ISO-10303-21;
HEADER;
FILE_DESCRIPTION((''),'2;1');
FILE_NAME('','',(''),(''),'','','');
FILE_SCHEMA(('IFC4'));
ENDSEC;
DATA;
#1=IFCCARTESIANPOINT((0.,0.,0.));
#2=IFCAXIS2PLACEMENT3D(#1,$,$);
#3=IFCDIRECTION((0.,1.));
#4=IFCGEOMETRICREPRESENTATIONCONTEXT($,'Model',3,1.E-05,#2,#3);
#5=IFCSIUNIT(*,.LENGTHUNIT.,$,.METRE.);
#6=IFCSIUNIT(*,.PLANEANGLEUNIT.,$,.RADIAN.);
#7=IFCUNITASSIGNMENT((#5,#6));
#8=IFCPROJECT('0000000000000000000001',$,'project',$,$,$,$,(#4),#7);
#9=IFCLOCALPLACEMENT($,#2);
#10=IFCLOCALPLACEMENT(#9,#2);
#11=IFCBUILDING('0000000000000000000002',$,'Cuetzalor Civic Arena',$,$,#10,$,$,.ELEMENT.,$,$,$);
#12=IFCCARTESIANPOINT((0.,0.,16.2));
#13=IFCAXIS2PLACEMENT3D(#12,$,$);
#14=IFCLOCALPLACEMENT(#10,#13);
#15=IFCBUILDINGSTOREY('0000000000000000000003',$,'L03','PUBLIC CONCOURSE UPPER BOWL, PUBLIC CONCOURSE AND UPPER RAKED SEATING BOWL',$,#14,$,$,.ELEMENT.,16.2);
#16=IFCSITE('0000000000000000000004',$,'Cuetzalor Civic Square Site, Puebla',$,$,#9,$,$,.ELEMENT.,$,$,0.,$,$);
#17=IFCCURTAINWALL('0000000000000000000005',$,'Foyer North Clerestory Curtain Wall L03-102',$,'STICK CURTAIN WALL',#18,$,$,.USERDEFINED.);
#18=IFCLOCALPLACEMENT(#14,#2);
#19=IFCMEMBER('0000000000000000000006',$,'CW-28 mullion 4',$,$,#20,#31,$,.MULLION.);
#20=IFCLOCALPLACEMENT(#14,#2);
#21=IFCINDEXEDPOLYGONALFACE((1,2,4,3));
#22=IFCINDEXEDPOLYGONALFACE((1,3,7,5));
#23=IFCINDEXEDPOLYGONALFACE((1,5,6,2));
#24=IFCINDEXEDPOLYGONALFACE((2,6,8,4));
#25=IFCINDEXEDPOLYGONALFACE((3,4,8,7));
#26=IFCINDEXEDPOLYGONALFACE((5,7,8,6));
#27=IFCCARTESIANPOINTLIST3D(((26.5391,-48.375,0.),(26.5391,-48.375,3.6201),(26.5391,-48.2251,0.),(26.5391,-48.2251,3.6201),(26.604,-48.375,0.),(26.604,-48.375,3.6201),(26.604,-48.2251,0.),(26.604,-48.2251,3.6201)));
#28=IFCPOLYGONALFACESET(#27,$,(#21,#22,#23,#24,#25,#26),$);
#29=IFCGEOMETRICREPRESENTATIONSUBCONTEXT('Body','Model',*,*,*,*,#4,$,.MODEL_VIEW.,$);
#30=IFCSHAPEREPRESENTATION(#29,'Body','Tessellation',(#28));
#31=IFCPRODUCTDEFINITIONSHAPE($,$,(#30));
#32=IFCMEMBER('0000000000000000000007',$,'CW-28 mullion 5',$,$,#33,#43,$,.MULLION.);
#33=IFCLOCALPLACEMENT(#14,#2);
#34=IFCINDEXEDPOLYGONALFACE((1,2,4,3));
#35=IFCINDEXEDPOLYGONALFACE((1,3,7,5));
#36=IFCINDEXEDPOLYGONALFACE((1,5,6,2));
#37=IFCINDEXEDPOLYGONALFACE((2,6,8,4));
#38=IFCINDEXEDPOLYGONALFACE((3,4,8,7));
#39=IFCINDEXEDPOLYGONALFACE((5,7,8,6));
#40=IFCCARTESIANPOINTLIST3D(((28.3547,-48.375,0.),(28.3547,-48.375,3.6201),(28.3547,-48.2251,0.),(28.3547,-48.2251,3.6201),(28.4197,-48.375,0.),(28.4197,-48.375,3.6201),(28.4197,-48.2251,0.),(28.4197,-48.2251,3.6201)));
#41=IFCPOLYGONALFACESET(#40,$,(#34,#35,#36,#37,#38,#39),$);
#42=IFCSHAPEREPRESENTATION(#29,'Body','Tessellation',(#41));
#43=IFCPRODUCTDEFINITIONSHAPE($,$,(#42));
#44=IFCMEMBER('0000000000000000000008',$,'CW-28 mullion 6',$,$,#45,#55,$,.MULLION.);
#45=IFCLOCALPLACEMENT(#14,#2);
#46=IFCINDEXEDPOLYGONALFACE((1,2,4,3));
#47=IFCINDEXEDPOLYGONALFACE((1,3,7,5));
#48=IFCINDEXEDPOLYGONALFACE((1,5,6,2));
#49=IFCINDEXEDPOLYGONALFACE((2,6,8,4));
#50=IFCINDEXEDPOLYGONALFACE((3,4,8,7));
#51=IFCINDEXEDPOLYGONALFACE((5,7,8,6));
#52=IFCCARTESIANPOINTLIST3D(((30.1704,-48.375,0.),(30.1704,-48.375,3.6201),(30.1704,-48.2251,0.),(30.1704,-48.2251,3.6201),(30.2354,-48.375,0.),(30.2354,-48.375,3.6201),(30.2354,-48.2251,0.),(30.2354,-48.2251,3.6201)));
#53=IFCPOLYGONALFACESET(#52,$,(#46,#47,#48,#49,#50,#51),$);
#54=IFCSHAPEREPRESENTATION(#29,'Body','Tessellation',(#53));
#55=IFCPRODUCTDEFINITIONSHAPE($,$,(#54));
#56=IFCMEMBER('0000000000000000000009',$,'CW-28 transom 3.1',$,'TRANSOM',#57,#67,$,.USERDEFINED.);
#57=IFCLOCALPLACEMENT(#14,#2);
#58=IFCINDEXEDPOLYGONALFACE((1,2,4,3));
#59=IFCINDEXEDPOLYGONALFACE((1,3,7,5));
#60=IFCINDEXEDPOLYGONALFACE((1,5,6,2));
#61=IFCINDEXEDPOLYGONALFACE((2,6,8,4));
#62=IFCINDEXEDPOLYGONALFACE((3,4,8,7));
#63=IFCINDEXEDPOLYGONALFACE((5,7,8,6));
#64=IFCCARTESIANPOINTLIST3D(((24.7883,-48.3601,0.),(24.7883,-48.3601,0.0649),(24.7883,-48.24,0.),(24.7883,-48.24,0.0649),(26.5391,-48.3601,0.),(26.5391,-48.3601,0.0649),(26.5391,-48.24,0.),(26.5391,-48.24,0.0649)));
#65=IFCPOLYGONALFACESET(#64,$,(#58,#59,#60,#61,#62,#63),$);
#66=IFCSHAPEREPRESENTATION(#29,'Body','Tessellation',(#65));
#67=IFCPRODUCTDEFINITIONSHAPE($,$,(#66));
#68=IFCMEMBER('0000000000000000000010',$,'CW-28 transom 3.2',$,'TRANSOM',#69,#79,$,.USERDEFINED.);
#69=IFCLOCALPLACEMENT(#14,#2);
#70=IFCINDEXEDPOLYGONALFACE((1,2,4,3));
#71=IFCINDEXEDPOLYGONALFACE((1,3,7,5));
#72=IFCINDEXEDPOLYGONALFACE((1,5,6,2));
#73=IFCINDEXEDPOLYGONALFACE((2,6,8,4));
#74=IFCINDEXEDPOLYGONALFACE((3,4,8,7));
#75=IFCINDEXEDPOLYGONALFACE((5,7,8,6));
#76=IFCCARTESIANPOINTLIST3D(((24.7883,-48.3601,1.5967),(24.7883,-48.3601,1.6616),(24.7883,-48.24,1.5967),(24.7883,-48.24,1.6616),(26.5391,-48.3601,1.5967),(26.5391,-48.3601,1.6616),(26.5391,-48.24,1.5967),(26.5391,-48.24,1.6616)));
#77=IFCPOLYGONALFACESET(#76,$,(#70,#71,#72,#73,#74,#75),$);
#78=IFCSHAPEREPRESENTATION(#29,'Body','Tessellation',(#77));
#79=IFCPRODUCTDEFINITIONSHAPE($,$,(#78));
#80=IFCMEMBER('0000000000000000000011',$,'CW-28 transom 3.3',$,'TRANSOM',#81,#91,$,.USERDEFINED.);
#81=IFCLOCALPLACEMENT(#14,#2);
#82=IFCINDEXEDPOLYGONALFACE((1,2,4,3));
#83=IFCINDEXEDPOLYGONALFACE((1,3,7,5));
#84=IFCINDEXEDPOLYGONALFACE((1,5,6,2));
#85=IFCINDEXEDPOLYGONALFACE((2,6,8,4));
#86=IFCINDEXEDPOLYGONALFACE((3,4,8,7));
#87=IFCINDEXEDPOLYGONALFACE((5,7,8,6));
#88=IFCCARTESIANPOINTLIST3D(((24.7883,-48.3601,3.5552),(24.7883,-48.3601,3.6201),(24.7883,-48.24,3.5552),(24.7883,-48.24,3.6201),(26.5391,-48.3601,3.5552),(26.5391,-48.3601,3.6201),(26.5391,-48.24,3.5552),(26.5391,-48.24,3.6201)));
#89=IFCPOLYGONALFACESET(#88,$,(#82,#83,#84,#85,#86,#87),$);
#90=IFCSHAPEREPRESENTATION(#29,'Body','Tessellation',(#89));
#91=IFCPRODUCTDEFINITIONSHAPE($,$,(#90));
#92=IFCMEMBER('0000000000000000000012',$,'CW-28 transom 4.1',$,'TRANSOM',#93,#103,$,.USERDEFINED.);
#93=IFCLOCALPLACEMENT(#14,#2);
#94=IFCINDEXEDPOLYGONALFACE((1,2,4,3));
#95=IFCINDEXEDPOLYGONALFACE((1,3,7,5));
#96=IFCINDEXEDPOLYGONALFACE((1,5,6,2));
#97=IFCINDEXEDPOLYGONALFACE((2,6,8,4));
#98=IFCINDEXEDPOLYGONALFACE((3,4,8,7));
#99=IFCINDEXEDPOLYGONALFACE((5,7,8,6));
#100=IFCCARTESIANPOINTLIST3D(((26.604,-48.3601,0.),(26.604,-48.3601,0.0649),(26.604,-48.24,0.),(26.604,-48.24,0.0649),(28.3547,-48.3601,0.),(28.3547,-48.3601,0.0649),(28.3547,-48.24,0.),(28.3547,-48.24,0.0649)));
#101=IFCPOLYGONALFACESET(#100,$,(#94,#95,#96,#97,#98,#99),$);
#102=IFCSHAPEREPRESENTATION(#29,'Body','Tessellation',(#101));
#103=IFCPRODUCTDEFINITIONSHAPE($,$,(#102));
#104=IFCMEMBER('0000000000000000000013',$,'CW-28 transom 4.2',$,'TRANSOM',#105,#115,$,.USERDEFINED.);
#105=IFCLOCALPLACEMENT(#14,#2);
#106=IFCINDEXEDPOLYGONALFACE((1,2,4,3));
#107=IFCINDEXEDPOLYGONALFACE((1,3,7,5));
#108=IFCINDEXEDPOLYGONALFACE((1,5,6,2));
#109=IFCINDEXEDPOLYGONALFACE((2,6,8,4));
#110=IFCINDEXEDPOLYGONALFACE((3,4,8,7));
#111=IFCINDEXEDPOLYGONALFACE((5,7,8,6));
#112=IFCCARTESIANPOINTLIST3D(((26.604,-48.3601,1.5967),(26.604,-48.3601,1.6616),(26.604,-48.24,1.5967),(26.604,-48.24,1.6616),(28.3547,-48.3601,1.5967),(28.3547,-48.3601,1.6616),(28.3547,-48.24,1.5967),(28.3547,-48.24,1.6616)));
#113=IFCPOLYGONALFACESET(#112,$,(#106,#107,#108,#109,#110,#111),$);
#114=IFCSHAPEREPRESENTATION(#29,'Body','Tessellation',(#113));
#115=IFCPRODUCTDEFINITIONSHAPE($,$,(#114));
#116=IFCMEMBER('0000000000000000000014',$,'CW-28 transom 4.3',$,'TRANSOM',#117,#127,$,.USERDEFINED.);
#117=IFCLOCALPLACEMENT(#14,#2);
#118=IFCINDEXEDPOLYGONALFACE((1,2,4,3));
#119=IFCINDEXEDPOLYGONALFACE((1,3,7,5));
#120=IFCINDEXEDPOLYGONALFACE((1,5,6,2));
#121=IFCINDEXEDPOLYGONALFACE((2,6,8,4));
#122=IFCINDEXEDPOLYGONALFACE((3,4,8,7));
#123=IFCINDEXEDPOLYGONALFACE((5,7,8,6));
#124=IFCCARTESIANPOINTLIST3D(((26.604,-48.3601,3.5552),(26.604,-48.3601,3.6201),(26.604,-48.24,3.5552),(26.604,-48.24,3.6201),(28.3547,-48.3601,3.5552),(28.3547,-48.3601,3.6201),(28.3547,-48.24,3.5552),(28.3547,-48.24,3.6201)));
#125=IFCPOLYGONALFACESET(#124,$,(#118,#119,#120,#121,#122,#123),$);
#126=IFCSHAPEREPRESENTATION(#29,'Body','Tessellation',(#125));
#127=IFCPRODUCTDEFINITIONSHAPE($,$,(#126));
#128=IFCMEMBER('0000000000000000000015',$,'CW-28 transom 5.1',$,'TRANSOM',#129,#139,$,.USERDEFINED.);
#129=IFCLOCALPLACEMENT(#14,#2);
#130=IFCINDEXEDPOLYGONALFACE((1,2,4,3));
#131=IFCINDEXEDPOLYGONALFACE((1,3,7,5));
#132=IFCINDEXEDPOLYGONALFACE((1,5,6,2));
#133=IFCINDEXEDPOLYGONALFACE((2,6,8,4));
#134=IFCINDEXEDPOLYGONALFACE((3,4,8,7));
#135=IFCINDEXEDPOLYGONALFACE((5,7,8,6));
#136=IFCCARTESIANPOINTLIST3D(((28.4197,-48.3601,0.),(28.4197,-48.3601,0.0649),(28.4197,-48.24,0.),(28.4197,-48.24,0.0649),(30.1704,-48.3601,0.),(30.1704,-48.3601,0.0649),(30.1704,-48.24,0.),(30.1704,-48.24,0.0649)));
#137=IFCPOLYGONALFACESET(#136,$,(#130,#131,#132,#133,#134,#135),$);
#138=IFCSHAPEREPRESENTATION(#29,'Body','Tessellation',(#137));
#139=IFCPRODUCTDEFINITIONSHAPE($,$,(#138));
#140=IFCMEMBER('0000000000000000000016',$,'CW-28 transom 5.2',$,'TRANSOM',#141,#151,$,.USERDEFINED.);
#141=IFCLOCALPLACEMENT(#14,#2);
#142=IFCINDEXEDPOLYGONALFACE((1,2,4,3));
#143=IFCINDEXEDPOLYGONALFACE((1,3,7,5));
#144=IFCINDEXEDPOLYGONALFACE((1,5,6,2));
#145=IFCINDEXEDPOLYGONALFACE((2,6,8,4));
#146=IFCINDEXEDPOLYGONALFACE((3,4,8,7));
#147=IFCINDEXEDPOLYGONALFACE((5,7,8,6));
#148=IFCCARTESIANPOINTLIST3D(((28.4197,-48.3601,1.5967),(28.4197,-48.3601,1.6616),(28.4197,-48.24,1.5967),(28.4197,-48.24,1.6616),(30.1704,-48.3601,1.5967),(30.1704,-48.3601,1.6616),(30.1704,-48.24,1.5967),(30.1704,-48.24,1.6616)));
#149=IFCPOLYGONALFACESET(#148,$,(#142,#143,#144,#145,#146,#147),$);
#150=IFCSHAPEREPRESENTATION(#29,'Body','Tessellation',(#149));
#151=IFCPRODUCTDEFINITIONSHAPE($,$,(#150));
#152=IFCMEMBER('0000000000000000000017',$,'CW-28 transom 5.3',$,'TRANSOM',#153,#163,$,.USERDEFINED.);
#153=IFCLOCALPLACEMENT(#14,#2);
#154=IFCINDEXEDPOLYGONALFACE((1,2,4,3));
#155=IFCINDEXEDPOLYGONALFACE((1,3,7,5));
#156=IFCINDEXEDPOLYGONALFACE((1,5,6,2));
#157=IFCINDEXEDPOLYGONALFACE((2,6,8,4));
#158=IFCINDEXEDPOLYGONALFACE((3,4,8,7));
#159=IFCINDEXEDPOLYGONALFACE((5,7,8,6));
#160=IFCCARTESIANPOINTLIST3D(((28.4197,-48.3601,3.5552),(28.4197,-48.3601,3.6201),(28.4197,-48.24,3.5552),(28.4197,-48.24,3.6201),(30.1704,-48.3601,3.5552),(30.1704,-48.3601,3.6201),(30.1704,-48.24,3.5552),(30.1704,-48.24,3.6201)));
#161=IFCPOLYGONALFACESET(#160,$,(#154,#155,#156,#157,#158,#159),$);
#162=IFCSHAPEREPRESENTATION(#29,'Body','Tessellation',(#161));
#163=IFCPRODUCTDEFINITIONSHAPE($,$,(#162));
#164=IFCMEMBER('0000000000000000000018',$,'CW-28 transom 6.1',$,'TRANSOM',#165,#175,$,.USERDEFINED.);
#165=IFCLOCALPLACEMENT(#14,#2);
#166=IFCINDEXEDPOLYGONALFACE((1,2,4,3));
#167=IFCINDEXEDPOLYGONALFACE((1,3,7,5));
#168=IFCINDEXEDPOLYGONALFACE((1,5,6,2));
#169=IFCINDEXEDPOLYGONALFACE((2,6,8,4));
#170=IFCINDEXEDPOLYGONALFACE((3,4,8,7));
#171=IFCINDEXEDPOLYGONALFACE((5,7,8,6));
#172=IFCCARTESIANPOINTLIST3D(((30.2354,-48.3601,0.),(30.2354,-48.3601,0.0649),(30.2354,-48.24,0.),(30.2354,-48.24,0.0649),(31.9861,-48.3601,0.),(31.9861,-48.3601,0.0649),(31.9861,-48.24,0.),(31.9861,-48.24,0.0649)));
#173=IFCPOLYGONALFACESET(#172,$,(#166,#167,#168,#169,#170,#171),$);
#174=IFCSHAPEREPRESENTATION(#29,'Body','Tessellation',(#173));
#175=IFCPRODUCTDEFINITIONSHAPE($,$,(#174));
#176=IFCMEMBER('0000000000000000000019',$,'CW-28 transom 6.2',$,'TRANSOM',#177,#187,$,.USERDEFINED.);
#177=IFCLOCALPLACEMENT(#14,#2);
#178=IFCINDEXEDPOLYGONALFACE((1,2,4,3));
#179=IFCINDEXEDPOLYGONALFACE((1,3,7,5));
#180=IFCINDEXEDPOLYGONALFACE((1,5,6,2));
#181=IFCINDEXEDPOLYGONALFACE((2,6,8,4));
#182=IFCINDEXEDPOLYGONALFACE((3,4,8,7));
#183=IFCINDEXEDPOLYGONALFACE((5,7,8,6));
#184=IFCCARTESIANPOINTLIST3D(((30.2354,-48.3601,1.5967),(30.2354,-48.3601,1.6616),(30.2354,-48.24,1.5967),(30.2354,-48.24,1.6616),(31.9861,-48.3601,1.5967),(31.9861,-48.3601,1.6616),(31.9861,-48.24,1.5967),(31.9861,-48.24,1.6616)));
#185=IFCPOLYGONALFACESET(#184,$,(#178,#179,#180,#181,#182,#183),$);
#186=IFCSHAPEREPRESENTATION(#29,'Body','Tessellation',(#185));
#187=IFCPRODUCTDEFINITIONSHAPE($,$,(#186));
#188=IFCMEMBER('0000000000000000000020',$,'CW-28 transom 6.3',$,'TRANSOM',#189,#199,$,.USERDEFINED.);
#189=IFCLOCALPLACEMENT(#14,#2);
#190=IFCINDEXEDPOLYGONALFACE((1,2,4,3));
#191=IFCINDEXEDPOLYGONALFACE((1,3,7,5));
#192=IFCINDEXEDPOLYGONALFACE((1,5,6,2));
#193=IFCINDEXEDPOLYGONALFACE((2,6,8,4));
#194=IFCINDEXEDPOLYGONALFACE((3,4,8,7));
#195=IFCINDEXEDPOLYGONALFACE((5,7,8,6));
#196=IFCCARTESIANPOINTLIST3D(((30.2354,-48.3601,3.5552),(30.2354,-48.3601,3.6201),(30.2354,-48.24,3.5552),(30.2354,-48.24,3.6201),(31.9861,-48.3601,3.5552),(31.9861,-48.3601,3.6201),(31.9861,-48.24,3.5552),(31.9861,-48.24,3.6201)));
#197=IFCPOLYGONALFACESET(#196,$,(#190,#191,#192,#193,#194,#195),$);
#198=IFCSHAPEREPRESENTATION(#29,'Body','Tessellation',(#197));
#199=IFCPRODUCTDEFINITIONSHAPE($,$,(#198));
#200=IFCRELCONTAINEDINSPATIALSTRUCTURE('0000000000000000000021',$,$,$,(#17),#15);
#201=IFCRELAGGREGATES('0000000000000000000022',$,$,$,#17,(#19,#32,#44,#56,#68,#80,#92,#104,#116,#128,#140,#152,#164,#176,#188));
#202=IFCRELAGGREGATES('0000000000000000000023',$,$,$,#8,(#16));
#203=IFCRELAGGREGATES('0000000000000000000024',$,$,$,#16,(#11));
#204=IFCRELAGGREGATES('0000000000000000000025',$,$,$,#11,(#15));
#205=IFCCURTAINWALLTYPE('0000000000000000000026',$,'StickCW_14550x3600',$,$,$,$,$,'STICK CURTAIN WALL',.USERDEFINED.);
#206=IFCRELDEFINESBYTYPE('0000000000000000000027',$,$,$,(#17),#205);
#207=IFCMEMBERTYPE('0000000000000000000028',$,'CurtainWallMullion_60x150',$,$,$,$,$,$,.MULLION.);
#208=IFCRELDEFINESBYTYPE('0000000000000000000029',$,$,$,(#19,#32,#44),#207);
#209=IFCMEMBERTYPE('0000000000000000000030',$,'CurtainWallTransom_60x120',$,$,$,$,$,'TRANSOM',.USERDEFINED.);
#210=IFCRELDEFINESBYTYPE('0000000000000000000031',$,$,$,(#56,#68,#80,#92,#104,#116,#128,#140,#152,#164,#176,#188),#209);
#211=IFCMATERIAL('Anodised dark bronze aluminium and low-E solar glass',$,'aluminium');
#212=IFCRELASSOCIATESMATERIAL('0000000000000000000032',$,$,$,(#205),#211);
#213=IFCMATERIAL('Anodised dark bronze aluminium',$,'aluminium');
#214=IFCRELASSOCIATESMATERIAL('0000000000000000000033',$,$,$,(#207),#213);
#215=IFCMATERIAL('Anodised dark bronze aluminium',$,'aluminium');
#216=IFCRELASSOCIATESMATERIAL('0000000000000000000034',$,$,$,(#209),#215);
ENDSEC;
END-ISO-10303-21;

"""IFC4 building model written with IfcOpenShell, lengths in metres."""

from ifc_helpers import new_model, si_unit, direction, frame, origin, origin_2d, place, context, subcontext, project, spatial, rectangle, extrude, material, material_profile, profile_set, type_object, element, aggregate, save


model = new_model("IFC4")

# Units and contexts
model_context = context("Model", 3, precision=1e-05, world=origin(), true_north=direction((0.0, 1.0)))
body_context = subcontext(model_context, "Body", "Model", "MODEL_VIEW")
ifc_project = project(units=[si_unit("LENGTHUNIT", "METRE"), si_unit("PLANEANGLEUNIT", "RADIAN")], contexts=[model_context])

# Site, building, storey
site_placement = place(None, origin())
site = spatial("IfcSite", under=ifc_project, at=site_placement, Name="Cuetzalor Civic Square Site, Puebla", CompositionType="ELEMENT", RefElevation=0.0)
building_placement = place(site_placement, origin())
building = spatial("IfcBuilding", under=site, at=building_placement, Name="Cuetzalor Civic Arena", CompositionType="ELEMENT")
storey_placement = place(building_placement, frame((0.0, 0.0, 16.2)))
storey = spatial("IfcBuildingStorey", under=building, at=storey_placement, Name="L03", Description="PUBLIC CONCOURSE UPPER BOWL, PUBLIC CONCOURSE AND UPPER RAKED SEATING BOWL", CompositionType="ELEMENT", Elevation=16.2)

# Curtain wall, members
ifc_material_1 = material(Name="Anodised dark bronze aluminium and low-E solar glass", Category="aluminium")
curtain_wall_type = type_object("IfcCurtainWallType", Name="StickCW_14550x3600", ElementType="STICK CURTAIN WALL", PredefinedType="USERDEFINED", material=ifc_material_1)
curtain_wall_placement = place(storey_placement, origin())
curtain_wall = element("IfcCurtainWall", 1, at=curtain_wall_placement, inside=storey, type_object=curtain_wall_type, Name="Foyer North Clerestory Curtain Wall L03-102", ObjectType="STICK CURTAIN WALL", PredefinedType="USERDEFINED")
ifc_material_2 = material(Name="Anodised dark bronze aluminium", Category="aluminium")
ifc_material_profile_1 = material_profile(ifc_material_2, rectangle(XDim=0.0649, YDim=0.1499, at=origin_2d()), Name="ALU MULLION 65x150")
ifc_profile_set_1 = profile_set([ifc_material_profile_1], Name="Anodised dark bronze aluminium")
member_type_1 = type_object("IfcMemberType", Name="CurtainWallMullion_60x150", PredefinedType="MULLION", material=ifc_profile_set_1)
member_1_placement = place(storey_placement, frame((26.5715, -48.3, 0.0), z_axis=(0.0, 0.0, 1.0), x_axis=(1.0, 0.0, 0.0)))
member_1 = element("IfcMember", 2, at=member_1_placement, type_object=member_type_1, Name="CW-28 mullion 4", PredefinedType="MULLION", context=body_context, shape_type="SweptSolid", body=[
    extrude(rectangle(XDim=0.0649, YDim=0.1499, at=origin_2d()), origin(), (0.0, 0.0, 1.0), 3.6201),
])
member_2_placement = place(storey_placement, frame((28.3872, -48.3, 0.0), z_axis=(0.0, 0.0, 1.0), x_axis=(1.0, 0.0, 0.0)))
member_2 = element("IfcMember", 3, at=member_2_placement, type_object=member_type_1, Name="CW-28 mullion 5", PredefinedType="MULLION", context=body_context, shape_type="SweptSolid", body=[
    extrude(rectangle(XDim=0.0649, YDim=0.1499, at=origin_2d()), origin(), (0.0, 0.0, 1.0), 3.6201),
])
member_3_placement = place(storey_placement, frame((30.2029, -48.3, 0.0), z_axis=(0.0, 0.0, 1.0), x_axis=(1.0, 0.0, 0.0)))
member_3 = element("IfcMember", 4, at=member_3_placement, type_object=member_type_1, Name="CW-28 mullion 6", PredefinedType="MULLION", context=body_context, shape_type="SweptSolid", body=[
    extrude(rectangle(XDim=0.0649, YDim=0.1499, at=origin_2d()), origin(), (0.0, 0.0, 1.0), 3.6201),
])
ifc_material_3 = material(Name="Anodised dark bronze aluminium", Category="aluminium")
ifc_material_profile_2 = material_profile(ifc_material_3, rectangle(XDim=0.1201, YDim=0.0649, at=origin_2d()), Name="ALU TRANSOM 65x120")
ifc_profile_set_2 = profile_set([ifc_material_profile_2], Name="Anodised dark bronze aluminium")
member_type_2 = type_object("IfcMemberType", Name="CurtainWallTransom_60x120", ElementType="TRANSOM", PredefinedType="USERDEFINED", material=ifc_profile_set_2)
member_4_placement = place(storey_placement, frame((24.7883, -48.3, 0.0325), z_axis=(1.0, 0.0, 0.0), x_axis=(0.0, 1.0, 0.0)))
member_4 = element("IfcMember", 5, at=member_4_placement, type_object=member_type_2, Name="CW-28 transom 3.1", ObjectType="TRANSOM", PredefinedType="USERDEFINED", context=body_context, shape_type="SweptSolid", body=[
    extrude(rectangle(XDim=0.1201, YDim=0.0649, at=origin_2d()), origin(), (0.0, 0.0, 1.0), 1.7507),
])
member_5_placement = place(storey_placement, frame((24.7883, -48.3, 1.6292), z_axis=(1.0, 0.0, 0.0), x_axis=(0.0, 1.0, 0.0)))
member_5 = element("IfcMember", 6, at=member_5_placement, type_object=member_type_2, Name="CW-28 transom 3.2", ObjectType="TRANSOM", PredefinedType="USERDEFINED", context=body_context, shape_type="SweptSolid", body=[
    extrude(rectangle(XDim=0.1201, YDim=0.0649, at=origin_2d()), origin(), (0.0, 0.0, 1.0), 1.7507),
])
member_6_placement = place(storey_placement, frame((24.7883, -48.3, 3.5876), z_axis=(1.0, 0.0, 0.0), x_axis=(0.0, 1.0, 0.0)))
member_6 = element("IfcMember", 7, at=member_6_placement, type_object=member_type_2, Name="CW-28 transom 3.3", ObjectType="TRANSOM", PredefinedType="USERDEFINED", context=body_context, shape_type="SweptSolid", body=[
    extrude(rectangle(XDim=0.1201, YDim=0.0649, at=origin_2d()), origin(), (0.0, 0.0, 1.0), 1.7507),
])
member_7_placement = place(storey_placement, frame((26.604, -48.3, 0.0325), z_axis=(1.0, 0.0, 0.0), x_axis=(0.0, 1.0, 0.0)))
member_7 = element("IfcMember", 8, at=member_7_placement, type_object=member_type_2, Name="CW-28 transom 4.1", ObjectType="TRANSOM", PredefinedType="USERDEFINED", context=body_context, shape_type="SweptSolid", body=[
    extrude(rectangle(XDim=0.1201, YDim=0.0649, at=origin_2d()), origin(), (0.0, 0.0, 1.0), 1.7507),
])
member_8_placement = place(storey_placement, frame((26.604, -48.3, 1.6292), z_axis=(1.0, 0.0, 0.0), x_axis=(0.0, 1.0, 0.0)))
member_8 = element("IfcMember", 9, at=member_8_placement, type_object=member_type_2, Name="CW-28 transom 4.2", ObjectType="TRANSOM", PredefinedType="USERDEFINED", context=body_context, shape_type="SweptSolid", body=[
    extrude(rectangle(XDim=0.1201, YDim=0.0649, at=origin_2d()), origin(), (0.0, 0.0, 1.0), 1.7507),
])
member_9_placement = place(storey_placement, frame((26.604, -48.3, 3.5876), z_axis=(1.0, 0.0, 0.0), x_axis=(0.0, 1.0, 0.0)))
member_9 = element("IfcMember", 10, at=member_9_placement, type_object=member_type_2, Name="CW-28 transom 4.3", ObjectType="TRANSOM", PredefinedType="USERDEFINED", context=body_context, shape_type="SweptSolid", body=[
    extrude(rectangle(XDim=0.1201, YDim=0.0649, at=origin_2d()), origin(), (0.0, 0.0, 1.0), 1.7507),
])
member_10_placement = place(storey_placement, frame((28.4197, -48.3, 0.0325), z_axis=(1.0, 0.0, 0.0), x_axis=(0.0, 1.0, 0.0)))
member_10 = element("IfcMember", 11, at=member_10_placement, type_object=member_type_2, Name="CW-28 transom 5.1", ObjectType="TRANSOM", PredefinedType="USERDEFINED", context=body_context, shape_type="SweptSolid", body=[
    extrude(rectangle(XDim=0.1201, YDim=0.0649, at=origin_2d()), origin(), (0.0, 0.0, 1.0), 1.7507),
])
member_11_placement = place(storey_placement, frame((28.4197, -48.3, 1.6292), z_axis=(1.0, 0.0, 0.0), x_axis=(0.0, 1.0, 0.0)))
member_11 = element("IfcMember", 12, at=member_11_placement, type_object=member_type_2, Name="CW-28 transom 5.2", ObjectType="TRANSOM", PredefinedType="USERDEFINED", context=body_context, shape_type="SweptSolid", body=[
    extrude(rectangle(XDim=0.1201, YDim=0.0649, at=origin_2d()), origin(), (0.0, 0.0, 1.0), 1.7507),
])
member_12_placement = place(storey_placement, frame((28.4197, -48.3, 3.5876), z_axis=(1.0, 0.0, 0.0), x_axis=(0.0, 1.0, 0.0)))
member_12 = element("IfcMember", 13, at=member_12_placement, type_object=member_type_2, Name="CW-28 transom 5.3", ObjectType="TRANSOM", PredefinedType="USERDEFINED", context=body_context, shape_type="SweptSolid", body=[
    extrude(rectangle(XDim=0.1201, YDim=0.0649, at=origin_2d()), origin(), (0.0, 0.0, 1.0), 1.7507),
])
member_13_placement = place(storey_placement, frame((30.2354, -48.3, 0.0325), z_axis=(1.0, 0.0, 0.0), x_axis=(0.0, 1.0, 0.0)))
member_13 = element("IfcMember", 14, at=member_13_placement, type_object=member_type_2, Name="CW-28 transom 6.1", ObjectType="TRANSOM", PredefinedType="USERDEFINED", context=body_context, shape_type="SweptSolid", body=[
    extrude(rectangle(XDim=0.1201, YDim=0.0649, at=origin_2d()), origin(), (0.0, 0.0, 1.0), 1.7507),
])
member_14_placement = place(storey_placement, frame((30.2354, -48.3, 1.6292), z_axis=(1.0, 0.0, 0.0), x_axis=(0.0, 1.0, 0.0)))
member_14 = element("IfcMember", 15, at=member_14_placement, type_object=member_type_2, Name="CW-28 transom 6.2", ObjectType="TRANSOM", PredefinedType="USERDEFINED", context=body_context, shape_type="SweptSolid", body=[
    extrude(rectangle(XDim=0.1201, YDim=0.0649, at=origin_2d()), origin(), (0.0, 0.0, 1.0), 1.7507),
])
member_15_placement = place(storey_placement, frame((30.2354, -48.3, 3.5876), z_axis=(1.0, 0.0, 0.0), x_axis=(0.0, 1.0, 0.0)))
member_15 = element("IfcMember", 16, at=member_15_placement, type_object=member_type_2, Name="CW-28 transom 6.3", ObjectType="TRANSOM", PredefinedType="USERDEFINED", context=body_context, shape_type="SweptSolid", body=[
    extrude(rectangle(XDim=0.1201, YDim=0.0649, at=origin_2d()), origin(), (0.0, 0.0, 1.0), 1.7507),
])
aggregate(curtain_wall, [member_1, member_2, member_3, member_4, member_5, member_6, member_7, member_8, member_9, member_10, member_11, member_12, member_13, member_14, member_15])

save(model, "model.ifc")
